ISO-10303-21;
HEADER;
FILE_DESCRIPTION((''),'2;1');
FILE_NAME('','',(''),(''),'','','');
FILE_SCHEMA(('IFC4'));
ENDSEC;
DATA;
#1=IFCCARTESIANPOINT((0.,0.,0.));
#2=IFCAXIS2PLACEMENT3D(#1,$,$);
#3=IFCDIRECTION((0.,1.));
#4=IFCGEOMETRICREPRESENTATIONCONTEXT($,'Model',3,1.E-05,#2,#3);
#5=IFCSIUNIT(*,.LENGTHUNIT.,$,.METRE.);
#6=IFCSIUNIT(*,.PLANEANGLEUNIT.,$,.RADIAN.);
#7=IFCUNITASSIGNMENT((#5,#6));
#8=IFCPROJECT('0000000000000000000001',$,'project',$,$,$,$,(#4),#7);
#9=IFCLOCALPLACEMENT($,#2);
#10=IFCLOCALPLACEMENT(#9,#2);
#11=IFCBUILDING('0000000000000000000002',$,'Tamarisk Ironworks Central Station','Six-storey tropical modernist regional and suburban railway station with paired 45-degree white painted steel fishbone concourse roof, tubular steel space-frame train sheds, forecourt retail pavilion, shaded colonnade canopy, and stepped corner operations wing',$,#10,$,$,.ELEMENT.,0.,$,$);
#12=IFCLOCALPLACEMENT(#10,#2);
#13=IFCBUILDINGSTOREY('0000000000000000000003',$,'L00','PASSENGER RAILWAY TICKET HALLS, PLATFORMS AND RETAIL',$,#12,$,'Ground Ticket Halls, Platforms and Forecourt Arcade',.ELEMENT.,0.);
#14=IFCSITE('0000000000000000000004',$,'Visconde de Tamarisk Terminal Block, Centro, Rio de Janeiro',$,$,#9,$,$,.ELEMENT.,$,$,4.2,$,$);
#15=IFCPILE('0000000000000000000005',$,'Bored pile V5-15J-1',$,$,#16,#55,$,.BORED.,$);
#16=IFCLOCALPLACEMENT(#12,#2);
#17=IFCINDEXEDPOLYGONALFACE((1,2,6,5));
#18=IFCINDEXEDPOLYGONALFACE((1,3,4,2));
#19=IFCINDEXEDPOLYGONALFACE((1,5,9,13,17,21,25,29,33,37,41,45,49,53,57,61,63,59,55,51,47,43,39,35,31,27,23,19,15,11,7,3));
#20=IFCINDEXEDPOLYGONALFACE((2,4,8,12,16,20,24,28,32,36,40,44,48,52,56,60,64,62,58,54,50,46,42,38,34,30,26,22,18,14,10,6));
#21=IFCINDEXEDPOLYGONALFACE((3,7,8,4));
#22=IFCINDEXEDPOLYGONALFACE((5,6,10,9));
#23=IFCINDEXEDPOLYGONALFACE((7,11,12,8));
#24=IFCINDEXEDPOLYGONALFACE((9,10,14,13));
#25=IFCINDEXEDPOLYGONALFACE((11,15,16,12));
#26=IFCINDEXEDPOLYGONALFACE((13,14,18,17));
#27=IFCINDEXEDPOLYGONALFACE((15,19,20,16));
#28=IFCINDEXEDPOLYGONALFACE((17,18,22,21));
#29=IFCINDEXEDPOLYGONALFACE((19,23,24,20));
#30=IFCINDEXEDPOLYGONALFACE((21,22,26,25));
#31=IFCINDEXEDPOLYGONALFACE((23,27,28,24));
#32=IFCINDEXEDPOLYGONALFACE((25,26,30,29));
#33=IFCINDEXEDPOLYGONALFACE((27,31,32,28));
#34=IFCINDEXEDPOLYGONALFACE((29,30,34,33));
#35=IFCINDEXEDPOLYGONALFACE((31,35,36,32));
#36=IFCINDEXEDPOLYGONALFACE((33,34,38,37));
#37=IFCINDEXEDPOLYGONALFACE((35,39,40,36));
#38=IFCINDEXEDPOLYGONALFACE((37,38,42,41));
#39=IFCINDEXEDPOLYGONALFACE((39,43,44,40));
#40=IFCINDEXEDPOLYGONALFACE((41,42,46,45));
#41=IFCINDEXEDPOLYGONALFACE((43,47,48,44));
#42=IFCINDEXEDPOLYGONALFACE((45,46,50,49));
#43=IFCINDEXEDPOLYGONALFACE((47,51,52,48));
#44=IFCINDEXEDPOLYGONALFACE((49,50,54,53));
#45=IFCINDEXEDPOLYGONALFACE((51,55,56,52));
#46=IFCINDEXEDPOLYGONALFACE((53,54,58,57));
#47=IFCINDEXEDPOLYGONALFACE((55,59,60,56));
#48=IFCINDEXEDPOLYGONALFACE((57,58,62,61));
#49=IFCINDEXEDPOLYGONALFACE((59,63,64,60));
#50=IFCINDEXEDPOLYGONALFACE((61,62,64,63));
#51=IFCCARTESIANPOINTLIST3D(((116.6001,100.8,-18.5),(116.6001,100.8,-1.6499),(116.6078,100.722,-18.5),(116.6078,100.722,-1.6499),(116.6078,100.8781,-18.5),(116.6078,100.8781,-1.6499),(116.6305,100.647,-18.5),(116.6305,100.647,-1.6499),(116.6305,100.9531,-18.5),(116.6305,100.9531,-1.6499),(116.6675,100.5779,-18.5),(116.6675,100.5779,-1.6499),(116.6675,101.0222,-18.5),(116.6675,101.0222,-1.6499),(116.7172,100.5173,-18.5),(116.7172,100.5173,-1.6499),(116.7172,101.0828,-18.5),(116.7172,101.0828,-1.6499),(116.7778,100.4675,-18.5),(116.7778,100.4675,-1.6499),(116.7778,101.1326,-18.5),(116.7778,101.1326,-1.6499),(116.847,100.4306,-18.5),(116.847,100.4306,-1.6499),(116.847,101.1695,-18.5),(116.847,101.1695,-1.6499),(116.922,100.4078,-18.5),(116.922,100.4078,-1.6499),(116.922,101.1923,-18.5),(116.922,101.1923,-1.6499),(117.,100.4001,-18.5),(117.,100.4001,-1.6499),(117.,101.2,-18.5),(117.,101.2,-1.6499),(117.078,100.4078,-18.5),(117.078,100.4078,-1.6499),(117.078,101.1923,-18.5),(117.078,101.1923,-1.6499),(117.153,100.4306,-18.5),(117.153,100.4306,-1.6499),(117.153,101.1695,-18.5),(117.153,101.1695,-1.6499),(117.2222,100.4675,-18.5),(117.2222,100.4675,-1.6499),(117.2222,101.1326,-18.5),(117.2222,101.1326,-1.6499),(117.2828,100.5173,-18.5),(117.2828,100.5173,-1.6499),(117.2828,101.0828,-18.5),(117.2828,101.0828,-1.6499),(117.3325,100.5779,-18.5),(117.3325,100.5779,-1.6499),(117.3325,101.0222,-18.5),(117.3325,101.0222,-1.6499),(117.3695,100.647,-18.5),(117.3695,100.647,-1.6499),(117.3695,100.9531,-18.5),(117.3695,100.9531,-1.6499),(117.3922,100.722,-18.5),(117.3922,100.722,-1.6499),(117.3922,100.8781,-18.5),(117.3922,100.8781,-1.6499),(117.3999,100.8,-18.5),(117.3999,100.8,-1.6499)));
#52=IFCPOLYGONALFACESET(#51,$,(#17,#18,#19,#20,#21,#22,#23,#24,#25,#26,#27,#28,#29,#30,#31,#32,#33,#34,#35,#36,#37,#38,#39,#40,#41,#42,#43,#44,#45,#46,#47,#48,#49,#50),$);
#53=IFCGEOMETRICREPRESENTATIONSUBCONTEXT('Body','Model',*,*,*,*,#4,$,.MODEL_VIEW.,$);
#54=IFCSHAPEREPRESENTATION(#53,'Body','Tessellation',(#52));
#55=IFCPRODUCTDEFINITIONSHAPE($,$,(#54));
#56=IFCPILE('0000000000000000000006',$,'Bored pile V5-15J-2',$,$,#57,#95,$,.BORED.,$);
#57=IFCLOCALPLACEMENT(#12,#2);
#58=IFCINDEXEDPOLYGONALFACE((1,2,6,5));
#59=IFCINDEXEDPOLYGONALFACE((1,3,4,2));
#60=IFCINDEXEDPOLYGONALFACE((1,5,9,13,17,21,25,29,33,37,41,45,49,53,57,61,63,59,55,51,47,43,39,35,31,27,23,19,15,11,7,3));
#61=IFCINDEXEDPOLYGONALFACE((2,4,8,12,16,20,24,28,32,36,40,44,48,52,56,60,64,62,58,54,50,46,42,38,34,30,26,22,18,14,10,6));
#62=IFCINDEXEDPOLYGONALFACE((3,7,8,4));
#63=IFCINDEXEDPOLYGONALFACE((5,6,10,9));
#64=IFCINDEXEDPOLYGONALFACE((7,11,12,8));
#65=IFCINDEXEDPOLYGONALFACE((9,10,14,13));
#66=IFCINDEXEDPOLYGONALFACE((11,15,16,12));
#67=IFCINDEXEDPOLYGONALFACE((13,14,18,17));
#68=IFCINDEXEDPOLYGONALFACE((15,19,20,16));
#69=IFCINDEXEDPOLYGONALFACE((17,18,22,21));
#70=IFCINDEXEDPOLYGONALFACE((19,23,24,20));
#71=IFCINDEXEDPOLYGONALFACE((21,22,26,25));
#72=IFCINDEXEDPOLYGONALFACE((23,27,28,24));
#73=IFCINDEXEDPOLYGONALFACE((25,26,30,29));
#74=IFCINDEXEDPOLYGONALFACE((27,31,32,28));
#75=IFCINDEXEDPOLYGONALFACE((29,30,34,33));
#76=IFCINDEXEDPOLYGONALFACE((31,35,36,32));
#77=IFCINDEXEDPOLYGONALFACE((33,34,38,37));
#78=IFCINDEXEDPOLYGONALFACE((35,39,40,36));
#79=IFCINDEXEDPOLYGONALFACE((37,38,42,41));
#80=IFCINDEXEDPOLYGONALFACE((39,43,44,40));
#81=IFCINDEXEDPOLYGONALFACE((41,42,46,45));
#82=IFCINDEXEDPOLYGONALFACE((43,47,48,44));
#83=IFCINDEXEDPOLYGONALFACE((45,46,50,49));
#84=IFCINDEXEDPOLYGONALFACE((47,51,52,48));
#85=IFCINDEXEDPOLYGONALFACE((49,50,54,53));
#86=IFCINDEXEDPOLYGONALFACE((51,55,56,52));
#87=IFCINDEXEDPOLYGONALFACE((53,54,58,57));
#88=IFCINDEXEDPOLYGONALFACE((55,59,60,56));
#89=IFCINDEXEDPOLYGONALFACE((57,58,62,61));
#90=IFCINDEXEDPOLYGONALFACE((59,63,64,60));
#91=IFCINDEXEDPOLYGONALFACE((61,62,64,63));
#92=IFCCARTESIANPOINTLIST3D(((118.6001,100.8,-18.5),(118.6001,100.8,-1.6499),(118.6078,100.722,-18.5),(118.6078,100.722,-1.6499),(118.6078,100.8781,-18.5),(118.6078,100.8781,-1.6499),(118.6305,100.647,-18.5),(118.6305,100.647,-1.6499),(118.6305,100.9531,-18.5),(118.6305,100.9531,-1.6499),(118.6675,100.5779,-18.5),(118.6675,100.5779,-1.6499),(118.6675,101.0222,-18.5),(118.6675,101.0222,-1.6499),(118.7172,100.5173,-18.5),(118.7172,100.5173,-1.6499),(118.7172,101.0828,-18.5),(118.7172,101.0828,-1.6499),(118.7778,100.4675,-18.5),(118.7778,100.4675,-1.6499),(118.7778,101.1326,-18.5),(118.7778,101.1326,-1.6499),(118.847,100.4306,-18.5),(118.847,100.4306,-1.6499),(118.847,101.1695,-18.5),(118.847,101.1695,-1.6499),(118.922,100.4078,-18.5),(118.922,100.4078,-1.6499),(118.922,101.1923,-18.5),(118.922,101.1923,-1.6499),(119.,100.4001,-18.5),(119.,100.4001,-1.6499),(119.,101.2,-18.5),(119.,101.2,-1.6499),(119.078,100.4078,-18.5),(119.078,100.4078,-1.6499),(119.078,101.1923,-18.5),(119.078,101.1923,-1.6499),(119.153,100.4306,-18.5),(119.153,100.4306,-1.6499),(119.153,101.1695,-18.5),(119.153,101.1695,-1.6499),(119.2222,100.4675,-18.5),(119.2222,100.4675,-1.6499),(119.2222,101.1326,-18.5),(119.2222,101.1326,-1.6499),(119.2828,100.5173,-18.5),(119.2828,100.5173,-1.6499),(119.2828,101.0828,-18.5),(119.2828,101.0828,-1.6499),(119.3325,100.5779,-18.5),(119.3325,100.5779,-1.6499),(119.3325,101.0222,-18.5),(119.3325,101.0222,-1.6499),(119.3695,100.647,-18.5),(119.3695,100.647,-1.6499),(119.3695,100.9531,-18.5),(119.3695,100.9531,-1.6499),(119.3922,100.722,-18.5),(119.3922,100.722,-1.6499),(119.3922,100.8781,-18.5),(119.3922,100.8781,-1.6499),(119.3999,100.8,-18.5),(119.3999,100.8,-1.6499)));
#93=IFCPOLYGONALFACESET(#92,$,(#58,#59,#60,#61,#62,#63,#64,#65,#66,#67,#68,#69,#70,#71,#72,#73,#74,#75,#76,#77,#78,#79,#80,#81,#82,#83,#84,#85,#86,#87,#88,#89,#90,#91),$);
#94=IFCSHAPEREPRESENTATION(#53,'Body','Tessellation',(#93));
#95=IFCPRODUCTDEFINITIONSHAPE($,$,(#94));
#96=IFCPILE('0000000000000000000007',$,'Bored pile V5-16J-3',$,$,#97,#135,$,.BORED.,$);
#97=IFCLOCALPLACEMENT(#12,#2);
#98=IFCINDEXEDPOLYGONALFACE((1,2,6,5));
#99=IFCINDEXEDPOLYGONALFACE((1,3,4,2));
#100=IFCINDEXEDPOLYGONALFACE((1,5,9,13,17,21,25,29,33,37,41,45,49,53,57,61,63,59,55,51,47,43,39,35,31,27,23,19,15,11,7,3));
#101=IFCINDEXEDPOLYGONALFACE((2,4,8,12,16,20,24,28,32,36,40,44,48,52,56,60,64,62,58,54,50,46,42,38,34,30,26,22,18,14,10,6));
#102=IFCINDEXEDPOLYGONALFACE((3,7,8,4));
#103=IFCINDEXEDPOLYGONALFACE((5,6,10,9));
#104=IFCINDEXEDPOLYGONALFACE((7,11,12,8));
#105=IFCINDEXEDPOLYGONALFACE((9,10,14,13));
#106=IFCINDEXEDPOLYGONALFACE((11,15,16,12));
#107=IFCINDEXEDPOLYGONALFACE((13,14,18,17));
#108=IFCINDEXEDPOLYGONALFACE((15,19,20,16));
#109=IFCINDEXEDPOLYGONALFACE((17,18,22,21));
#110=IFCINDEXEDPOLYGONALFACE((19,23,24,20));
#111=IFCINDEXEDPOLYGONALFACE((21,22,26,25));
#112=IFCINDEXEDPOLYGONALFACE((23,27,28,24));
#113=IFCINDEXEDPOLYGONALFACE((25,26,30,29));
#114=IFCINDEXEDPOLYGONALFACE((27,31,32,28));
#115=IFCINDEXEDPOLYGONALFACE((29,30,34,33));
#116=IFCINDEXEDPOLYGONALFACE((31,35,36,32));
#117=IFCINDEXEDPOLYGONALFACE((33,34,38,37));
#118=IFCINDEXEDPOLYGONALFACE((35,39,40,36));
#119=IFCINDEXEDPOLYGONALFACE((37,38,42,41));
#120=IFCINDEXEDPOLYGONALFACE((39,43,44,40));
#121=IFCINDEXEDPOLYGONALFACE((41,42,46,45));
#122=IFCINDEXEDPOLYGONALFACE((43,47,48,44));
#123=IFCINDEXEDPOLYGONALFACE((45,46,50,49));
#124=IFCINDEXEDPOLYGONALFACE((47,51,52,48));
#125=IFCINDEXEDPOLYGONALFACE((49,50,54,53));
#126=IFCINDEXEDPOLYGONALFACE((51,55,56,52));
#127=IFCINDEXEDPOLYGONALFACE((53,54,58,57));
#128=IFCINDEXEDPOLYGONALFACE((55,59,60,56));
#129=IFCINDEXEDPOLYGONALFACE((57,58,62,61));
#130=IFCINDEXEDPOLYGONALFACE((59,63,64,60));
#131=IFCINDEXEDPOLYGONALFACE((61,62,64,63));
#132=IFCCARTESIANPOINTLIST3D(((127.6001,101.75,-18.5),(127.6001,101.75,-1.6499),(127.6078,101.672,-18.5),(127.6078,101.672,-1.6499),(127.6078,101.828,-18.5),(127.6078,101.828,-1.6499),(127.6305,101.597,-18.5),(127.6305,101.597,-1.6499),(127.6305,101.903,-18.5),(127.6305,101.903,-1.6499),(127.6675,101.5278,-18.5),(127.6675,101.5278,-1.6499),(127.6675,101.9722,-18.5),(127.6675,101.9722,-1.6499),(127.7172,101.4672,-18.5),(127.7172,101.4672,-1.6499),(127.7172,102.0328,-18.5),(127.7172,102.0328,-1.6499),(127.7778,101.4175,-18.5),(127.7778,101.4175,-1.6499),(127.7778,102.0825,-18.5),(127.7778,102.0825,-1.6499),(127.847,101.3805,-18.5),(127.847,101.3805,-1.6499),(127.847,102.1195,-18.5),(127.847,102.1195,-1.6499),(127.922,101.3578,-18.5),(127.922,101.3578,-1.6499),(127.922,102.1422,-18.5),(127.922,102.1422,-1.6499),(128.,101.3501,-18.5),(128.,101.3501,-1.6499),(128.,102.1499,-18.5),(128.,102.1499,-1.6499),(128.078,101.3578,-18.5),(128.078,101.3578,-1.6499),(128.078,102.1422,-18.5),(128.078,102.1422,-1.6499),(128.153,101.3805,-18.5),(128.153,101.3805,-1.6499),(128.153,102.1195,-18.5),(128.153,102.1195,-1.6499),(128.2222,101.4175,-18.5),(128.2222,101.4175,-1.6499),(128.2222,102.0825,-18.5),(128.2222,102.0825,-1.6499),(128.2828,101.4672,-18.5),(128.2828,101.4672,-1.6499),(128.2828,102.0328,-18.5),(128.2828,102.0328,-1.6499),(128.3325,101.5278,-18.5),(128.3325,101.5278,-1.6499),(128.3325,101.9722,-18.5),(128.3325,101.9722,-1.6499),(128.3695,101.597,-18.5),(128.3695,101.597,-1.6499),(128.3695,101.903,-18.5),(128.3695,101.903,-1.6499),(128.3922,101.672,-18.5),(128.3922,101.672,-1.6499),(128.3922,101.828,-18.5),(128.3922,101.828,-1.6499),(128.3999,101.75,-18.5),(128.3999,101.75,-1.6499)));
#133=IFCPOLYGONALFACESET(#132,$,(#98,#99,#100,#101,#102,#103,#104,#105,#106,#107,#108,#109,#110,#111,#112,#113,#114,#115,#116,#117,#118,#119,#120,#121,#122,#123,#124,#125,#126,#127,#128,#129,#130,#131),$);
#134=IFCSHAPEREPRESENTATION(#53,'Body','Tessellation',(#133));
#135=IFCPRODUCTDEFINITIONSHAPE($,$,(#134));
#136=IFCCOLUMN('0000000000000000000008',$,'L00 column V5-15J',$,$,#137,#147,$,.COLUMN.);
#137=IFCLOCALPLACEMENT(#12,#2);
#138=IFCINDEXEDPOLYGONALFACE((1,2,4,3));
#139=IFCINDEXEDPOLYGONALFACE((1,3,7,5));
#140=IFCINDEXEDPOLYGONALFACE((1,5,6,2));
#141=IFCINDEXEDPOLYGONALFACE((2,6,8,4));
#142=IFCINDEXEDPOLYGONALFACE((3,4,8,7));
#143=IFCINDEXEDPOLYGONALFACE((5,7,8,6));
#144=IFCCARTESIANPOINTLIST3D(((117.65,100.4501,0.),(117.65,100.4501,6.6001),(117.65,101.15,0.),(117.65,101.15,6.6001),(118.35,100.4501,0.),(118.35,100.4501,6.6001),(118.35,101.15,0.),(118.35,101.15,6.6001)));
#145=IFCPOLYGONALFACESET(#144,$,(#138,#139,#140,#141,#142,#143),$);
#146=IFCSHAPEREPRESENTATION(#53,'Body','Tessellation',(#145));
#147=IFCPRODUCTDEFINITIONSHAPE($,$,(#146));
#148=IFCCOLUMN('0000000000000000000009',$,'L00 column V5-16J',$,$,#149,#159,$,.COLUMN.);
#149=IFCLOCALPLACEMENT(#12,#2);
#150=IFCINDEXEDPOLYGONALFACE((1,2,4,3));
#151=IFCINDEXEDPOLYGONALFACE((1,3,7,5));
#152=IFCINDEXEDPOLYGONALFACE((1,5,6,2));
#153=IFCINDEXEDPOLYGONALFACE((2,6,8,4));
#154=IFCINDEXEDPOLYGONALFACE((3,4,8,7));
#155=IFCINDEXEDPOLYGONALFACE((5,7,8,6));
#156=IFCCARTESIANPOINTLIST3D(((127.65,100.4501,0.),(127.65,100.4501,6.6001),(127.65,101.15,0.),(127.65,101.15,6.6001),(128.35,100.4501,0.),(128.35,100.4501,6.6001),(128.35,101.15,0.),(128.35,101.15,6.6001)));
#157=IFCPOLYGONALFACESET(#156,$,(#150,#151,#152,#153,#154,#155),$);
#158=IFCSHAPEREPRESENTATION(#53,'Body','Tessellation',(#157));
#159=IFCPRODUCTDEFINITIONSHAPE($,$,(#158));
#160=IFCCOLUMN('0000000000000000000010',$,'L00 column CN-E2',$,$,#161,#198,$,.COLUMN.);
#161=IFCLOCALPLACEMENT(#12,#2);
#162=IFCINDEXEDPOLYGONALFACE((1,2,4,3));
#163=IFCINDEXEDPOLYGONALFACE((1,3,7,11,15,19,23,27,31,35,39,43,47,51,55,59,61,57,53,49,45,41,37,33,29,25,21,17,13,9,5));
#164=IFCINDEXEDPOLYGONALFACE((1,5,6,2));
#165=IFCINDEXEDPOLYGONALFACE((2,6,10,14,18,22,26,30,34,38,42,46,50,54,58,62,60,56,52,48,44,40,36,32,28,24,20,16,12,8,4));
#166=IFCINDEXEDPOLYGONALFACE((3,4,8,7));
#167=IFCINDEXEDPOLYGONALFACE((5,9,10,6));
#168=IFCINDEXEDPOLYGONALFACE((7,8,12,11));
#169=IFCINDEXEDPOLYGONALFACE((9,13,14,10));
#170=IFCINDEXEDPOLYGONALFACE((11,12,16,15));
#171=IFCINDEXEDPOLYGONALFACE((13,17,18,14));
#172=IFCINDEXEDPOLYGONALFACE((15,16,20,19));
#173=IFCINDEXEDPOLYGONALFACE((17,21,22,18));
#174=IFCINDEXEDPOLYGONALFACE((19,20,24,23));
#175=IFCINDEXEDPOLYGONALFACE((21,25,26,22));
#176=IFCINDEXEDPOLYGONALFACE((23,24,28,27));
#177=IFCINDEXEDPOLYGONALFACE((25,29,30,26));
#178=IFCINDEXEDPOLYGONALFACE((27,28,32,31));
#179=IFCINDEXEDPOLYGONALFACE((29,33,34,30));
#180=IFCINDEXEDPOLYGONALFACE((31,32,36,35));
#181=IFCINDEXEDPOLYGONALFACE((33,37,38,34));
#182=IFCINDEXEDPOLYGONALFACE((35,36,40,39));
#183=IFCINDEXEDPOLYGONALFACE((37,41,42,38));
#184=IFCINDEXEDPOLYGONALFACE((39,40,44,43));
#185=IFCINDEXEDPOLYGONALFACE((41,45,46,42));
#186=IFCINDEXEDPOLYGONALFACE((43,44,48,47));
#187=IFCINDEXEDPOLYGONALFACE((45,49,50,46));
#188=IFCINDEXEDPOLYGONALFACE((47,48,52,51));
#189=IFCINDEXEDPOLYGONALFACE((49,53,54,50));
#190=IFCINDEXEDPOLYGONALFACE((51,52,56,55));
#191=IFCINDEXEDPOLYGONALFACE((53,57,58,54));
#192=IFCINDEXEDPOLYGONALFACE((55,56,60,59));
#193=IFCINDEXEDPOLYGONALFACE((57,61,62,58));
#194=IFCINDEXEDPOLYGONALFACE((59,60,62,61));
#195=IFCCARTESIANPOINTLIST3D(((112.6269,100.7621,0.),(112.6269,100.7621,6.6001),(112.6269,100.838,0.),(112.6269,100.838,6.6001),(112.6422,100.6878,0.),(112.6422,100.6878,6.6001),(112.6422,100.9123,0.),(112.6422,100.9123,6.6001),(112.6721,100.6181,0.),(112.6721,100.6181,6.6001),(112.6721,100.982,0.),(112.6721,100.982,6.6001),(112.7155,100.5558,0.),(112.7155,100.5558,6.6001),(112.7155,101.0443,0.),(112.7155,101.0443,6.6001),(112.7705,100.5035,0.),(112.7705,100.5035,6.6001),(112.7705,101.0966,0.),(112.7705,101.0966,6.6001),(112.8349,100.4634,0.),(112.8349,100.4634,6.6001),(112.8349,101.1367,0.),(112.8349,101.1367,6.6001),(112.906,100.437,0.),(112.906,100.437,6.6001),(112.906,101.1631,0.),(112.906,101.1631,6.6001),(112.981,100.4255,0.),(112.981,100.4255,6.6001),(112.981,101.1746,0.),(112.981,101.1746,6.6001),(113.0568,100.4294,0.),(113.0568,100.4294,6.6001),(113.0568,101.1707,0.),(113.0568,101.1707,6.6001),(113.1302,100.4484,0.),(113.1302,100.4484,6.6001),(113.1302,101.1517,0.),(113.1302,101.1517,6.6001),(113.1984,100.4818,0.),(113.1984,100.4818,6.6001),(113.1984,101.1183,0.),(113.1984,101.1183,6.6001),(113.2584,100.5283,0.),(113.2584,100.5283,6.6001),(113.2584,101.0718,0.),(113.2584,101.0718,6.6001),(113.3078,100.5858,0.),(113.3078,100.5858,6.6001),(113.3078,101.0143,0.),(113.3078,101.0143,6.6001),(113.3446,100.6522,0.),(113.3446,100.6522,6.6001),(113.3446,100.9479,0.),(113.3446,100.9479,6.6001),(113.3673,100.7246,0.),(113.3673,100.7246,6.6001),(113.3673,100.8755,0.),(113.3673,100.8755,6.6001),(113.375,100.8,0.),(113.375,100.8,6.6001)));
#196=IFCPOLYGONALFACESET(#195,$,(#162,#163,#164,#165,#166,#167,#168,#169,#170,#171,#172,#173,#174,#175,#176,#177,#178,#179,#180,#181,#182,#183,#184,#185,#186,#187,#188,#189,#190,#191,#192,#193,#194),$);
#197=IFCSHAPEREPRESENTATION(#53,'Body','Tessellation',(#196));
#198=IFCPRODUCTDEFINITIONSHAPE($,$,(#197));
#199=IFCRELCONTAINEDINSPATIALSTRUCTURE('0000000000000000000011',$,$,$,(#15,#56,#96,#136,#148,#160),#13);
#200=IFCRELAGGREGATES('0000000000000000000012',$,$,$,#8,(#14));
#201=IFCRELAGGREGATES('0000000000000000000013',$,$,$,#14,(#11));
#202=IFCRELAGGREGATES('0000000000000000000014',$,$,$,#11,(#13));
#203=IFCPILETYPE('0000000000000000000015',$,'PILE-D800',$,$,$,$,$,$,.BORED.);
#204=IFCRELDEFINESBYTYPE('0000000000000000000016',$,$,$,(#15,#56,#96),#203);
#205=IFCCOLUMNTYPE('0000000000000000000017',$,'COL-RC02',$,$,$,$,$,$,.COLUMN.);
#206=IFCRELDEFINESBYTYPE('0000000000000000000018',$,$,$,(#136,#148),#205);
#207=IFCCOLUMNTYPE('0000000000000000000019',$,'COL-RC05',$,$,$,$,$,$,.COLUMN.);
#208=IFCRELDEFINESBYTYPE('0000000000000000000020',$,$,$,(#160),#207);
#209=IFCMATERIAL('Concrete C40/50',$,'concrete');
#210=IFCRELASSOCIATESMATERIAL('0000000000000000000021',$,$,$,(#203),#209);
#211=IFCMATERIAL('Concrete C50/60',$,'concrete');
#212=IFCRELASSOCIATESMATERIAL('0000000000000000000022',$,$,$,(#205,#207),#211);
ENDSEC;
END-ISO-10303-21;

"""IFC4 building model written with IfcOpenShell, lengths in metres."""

from ifc_helpers import new_model, si_unit, direction, frame, origin, origin_2d, place, context, subcontext, project, spatial, rectangle, circle, extrude, material, material_profile, profile_set, type_object, element, save


model = new_model("IFC4")

# Units and contexts
model_context = context("Model", 3, precision=1e-05, world=origin(), true_north=direction((0.0, 1.0)))
body_context = subcontext(model_context, "Body", "Model", "MODEL_VIEW")
ifc_project = project(units=[si_unit("LENGTHUNIT", "METRE"), si_unit("PLANEANGLEUNIT", "RADIAN")], contexts=[model_context])

# Site, building, storey
site_placement = place(None, origin())
site = spatial("IfcSite", under=ifc_project, at=site_placement, Name="Visconde de Tamarisk Terminal Block, Centro, Rio de Janeiro", CompositionType="ELEMENT", RefElevation=4.2)
building_placement = place(site_placement, origin())
building = spatial("IfcBuilding", under=site, at=building_placement, Name="Tamarisk Ironworks Central Station", Description="Six-storey tropical modernist regional and suburban railway station with paired 45-degree white painted steel fishbone concourse roof, tubular steel space-frame train sheds, forecourt retail pavilion, shaded colonnade canopy, and stepped corner operations wing", CompositionType="ELEMENT", ElevationOfRefHeight=0.0)
storey_placement = place(building_placement, origin())
storey = spatial("IfcBuildingStorey", under=building, at=storey_placement, Name="L00", Description="PASSENGER RAILWAY TICKET HALLS, PLATFORMS AND RETAIL", LongName="Ground Ticket Halls, Platforms and Forecourt Arcade", CompositionType="ELEMENT", Elevation=0.0)

# Shared definitions
ifc_material_1 = material(Name="Concrete C40/50", Category="concrete")

# Piles
ifc_material_profile_1 = material_profile(ifc_material_1, circle(Radius=0.3999, at=origin_2d()), Name="BORED PILE D800")
ifc_profile_set_1 = profile_set([ifc_material_profile_1], Name="Concrete C40/50")
pile_type = type_object("IfcPileType", Name="PILE-D800", PredefinedType="BORED", material=ifc_profile_set_1)
for number, where, z_axis, x_axis, name in (
    (1, (117.0, 100.8, -1.6499), (0.0, 0.0, -1.0), (1.0, 0.0, 0.0), "Bored pile V5-15J-1"),
    (2, (119.0, 100.8, -1.6499), (0.0, 0.0, -1.0), (1.0, 0.0, 0.0), "Bored pile V5-15J-2"),
    (3, (128.0, 101.75, -1.6499), (0.0, 0.0, -1.0), (1.0, 0.0, 0.0), "Bored pile V5-16J-3"),
):
    element("IfcPile", number, at=place(storey_placement, frame(where, z_axis=z_axis, x_axis=x_axis)), inside=storey, type_object=pile_type, Name=name, PredefinedType="BORED", context=body_context, shape_type="SweptSolid", body=[
        extrude(circle(Radius=0.3999, at=origin_2d()), origin(), (0.0, 0.0, 1.0), 16.8501),
    ])

# Columns
ifc_material_2 = material(Name="Concrete C50/60", Category="concrete")
ifc_material_profile_2 = material_profile(ifc_material_2, rectangle(XDim=0.7, YDim=0.7, at=origin_2d()), Name="RC 700x700")
ifc_profile_set_2 = profile_set([ifc_material_profile_2], Name="Concrete C50/60")
column_type_1 = type_object("IfcColumnType", Name="COL-RC02", PredefinedType="COLUMN", material=ifc_profile_set_2)
for number, where, z_axis, x_axis, name in (
    (4, (118.0, 100.8, 0.0), (0.0, 0.0, 1.0), (1.0, 0.0, 0.0), "L00 column V5-15J"),
    (5, (128.0, 100.8, 0.0), (0.0, 0.0, 1.0), (1.0, 0.0, 0.0), "L00 column V5-16J"),
):
    element("IfcColumn", number, at=place(storey_placement, frame(where, z_axis=z_axis, x_axis=x_axis)), inside=storey, type_object=column_type_1, Name=name, PredefinedType="COLUMN", context=body_context, shape_type="SweptSolid", body=[
        extrude(rectangle(XDim=0.7, YDim=0.7, at=origin_2d()), origin(), (0.0, 0.0, 1.0), 6.6001),
    ])
ifc_material_profile_3 = material_profile(ifc_material_2, circle(Radius=0.375, at=origin_2d()), Name="RC D750")
ifc_profile_set_3 = profile_set([ifc_material_profile_3], Name="Concrete C50/60")
column_type_2 = type_object("IfcColumnType", Name="COL-RC05", PredefinedType="COLUMN", material=ifc_profile_set_3)
column_1_placement = place(storey_placement, frame((113.0, 100.8, 0.0), z_axis=(0.0, 0.0, 1.0), x_axis=(1.0, 0.0, 0.0)))
element("IfcColumn", 6, at=column_1_placement, inside=storey, type_object=column_type_2, Name="L00 column CN-E2", PredefinedType="COLUMN", context=body_context, shape_type="SweptSolid", body=[
    extrude(circle(Radius=0.375, at=origin_2d()), origin(), (0.0, 0.0, 1.0), 6.6001),
])

save(model, "model.ifc")
